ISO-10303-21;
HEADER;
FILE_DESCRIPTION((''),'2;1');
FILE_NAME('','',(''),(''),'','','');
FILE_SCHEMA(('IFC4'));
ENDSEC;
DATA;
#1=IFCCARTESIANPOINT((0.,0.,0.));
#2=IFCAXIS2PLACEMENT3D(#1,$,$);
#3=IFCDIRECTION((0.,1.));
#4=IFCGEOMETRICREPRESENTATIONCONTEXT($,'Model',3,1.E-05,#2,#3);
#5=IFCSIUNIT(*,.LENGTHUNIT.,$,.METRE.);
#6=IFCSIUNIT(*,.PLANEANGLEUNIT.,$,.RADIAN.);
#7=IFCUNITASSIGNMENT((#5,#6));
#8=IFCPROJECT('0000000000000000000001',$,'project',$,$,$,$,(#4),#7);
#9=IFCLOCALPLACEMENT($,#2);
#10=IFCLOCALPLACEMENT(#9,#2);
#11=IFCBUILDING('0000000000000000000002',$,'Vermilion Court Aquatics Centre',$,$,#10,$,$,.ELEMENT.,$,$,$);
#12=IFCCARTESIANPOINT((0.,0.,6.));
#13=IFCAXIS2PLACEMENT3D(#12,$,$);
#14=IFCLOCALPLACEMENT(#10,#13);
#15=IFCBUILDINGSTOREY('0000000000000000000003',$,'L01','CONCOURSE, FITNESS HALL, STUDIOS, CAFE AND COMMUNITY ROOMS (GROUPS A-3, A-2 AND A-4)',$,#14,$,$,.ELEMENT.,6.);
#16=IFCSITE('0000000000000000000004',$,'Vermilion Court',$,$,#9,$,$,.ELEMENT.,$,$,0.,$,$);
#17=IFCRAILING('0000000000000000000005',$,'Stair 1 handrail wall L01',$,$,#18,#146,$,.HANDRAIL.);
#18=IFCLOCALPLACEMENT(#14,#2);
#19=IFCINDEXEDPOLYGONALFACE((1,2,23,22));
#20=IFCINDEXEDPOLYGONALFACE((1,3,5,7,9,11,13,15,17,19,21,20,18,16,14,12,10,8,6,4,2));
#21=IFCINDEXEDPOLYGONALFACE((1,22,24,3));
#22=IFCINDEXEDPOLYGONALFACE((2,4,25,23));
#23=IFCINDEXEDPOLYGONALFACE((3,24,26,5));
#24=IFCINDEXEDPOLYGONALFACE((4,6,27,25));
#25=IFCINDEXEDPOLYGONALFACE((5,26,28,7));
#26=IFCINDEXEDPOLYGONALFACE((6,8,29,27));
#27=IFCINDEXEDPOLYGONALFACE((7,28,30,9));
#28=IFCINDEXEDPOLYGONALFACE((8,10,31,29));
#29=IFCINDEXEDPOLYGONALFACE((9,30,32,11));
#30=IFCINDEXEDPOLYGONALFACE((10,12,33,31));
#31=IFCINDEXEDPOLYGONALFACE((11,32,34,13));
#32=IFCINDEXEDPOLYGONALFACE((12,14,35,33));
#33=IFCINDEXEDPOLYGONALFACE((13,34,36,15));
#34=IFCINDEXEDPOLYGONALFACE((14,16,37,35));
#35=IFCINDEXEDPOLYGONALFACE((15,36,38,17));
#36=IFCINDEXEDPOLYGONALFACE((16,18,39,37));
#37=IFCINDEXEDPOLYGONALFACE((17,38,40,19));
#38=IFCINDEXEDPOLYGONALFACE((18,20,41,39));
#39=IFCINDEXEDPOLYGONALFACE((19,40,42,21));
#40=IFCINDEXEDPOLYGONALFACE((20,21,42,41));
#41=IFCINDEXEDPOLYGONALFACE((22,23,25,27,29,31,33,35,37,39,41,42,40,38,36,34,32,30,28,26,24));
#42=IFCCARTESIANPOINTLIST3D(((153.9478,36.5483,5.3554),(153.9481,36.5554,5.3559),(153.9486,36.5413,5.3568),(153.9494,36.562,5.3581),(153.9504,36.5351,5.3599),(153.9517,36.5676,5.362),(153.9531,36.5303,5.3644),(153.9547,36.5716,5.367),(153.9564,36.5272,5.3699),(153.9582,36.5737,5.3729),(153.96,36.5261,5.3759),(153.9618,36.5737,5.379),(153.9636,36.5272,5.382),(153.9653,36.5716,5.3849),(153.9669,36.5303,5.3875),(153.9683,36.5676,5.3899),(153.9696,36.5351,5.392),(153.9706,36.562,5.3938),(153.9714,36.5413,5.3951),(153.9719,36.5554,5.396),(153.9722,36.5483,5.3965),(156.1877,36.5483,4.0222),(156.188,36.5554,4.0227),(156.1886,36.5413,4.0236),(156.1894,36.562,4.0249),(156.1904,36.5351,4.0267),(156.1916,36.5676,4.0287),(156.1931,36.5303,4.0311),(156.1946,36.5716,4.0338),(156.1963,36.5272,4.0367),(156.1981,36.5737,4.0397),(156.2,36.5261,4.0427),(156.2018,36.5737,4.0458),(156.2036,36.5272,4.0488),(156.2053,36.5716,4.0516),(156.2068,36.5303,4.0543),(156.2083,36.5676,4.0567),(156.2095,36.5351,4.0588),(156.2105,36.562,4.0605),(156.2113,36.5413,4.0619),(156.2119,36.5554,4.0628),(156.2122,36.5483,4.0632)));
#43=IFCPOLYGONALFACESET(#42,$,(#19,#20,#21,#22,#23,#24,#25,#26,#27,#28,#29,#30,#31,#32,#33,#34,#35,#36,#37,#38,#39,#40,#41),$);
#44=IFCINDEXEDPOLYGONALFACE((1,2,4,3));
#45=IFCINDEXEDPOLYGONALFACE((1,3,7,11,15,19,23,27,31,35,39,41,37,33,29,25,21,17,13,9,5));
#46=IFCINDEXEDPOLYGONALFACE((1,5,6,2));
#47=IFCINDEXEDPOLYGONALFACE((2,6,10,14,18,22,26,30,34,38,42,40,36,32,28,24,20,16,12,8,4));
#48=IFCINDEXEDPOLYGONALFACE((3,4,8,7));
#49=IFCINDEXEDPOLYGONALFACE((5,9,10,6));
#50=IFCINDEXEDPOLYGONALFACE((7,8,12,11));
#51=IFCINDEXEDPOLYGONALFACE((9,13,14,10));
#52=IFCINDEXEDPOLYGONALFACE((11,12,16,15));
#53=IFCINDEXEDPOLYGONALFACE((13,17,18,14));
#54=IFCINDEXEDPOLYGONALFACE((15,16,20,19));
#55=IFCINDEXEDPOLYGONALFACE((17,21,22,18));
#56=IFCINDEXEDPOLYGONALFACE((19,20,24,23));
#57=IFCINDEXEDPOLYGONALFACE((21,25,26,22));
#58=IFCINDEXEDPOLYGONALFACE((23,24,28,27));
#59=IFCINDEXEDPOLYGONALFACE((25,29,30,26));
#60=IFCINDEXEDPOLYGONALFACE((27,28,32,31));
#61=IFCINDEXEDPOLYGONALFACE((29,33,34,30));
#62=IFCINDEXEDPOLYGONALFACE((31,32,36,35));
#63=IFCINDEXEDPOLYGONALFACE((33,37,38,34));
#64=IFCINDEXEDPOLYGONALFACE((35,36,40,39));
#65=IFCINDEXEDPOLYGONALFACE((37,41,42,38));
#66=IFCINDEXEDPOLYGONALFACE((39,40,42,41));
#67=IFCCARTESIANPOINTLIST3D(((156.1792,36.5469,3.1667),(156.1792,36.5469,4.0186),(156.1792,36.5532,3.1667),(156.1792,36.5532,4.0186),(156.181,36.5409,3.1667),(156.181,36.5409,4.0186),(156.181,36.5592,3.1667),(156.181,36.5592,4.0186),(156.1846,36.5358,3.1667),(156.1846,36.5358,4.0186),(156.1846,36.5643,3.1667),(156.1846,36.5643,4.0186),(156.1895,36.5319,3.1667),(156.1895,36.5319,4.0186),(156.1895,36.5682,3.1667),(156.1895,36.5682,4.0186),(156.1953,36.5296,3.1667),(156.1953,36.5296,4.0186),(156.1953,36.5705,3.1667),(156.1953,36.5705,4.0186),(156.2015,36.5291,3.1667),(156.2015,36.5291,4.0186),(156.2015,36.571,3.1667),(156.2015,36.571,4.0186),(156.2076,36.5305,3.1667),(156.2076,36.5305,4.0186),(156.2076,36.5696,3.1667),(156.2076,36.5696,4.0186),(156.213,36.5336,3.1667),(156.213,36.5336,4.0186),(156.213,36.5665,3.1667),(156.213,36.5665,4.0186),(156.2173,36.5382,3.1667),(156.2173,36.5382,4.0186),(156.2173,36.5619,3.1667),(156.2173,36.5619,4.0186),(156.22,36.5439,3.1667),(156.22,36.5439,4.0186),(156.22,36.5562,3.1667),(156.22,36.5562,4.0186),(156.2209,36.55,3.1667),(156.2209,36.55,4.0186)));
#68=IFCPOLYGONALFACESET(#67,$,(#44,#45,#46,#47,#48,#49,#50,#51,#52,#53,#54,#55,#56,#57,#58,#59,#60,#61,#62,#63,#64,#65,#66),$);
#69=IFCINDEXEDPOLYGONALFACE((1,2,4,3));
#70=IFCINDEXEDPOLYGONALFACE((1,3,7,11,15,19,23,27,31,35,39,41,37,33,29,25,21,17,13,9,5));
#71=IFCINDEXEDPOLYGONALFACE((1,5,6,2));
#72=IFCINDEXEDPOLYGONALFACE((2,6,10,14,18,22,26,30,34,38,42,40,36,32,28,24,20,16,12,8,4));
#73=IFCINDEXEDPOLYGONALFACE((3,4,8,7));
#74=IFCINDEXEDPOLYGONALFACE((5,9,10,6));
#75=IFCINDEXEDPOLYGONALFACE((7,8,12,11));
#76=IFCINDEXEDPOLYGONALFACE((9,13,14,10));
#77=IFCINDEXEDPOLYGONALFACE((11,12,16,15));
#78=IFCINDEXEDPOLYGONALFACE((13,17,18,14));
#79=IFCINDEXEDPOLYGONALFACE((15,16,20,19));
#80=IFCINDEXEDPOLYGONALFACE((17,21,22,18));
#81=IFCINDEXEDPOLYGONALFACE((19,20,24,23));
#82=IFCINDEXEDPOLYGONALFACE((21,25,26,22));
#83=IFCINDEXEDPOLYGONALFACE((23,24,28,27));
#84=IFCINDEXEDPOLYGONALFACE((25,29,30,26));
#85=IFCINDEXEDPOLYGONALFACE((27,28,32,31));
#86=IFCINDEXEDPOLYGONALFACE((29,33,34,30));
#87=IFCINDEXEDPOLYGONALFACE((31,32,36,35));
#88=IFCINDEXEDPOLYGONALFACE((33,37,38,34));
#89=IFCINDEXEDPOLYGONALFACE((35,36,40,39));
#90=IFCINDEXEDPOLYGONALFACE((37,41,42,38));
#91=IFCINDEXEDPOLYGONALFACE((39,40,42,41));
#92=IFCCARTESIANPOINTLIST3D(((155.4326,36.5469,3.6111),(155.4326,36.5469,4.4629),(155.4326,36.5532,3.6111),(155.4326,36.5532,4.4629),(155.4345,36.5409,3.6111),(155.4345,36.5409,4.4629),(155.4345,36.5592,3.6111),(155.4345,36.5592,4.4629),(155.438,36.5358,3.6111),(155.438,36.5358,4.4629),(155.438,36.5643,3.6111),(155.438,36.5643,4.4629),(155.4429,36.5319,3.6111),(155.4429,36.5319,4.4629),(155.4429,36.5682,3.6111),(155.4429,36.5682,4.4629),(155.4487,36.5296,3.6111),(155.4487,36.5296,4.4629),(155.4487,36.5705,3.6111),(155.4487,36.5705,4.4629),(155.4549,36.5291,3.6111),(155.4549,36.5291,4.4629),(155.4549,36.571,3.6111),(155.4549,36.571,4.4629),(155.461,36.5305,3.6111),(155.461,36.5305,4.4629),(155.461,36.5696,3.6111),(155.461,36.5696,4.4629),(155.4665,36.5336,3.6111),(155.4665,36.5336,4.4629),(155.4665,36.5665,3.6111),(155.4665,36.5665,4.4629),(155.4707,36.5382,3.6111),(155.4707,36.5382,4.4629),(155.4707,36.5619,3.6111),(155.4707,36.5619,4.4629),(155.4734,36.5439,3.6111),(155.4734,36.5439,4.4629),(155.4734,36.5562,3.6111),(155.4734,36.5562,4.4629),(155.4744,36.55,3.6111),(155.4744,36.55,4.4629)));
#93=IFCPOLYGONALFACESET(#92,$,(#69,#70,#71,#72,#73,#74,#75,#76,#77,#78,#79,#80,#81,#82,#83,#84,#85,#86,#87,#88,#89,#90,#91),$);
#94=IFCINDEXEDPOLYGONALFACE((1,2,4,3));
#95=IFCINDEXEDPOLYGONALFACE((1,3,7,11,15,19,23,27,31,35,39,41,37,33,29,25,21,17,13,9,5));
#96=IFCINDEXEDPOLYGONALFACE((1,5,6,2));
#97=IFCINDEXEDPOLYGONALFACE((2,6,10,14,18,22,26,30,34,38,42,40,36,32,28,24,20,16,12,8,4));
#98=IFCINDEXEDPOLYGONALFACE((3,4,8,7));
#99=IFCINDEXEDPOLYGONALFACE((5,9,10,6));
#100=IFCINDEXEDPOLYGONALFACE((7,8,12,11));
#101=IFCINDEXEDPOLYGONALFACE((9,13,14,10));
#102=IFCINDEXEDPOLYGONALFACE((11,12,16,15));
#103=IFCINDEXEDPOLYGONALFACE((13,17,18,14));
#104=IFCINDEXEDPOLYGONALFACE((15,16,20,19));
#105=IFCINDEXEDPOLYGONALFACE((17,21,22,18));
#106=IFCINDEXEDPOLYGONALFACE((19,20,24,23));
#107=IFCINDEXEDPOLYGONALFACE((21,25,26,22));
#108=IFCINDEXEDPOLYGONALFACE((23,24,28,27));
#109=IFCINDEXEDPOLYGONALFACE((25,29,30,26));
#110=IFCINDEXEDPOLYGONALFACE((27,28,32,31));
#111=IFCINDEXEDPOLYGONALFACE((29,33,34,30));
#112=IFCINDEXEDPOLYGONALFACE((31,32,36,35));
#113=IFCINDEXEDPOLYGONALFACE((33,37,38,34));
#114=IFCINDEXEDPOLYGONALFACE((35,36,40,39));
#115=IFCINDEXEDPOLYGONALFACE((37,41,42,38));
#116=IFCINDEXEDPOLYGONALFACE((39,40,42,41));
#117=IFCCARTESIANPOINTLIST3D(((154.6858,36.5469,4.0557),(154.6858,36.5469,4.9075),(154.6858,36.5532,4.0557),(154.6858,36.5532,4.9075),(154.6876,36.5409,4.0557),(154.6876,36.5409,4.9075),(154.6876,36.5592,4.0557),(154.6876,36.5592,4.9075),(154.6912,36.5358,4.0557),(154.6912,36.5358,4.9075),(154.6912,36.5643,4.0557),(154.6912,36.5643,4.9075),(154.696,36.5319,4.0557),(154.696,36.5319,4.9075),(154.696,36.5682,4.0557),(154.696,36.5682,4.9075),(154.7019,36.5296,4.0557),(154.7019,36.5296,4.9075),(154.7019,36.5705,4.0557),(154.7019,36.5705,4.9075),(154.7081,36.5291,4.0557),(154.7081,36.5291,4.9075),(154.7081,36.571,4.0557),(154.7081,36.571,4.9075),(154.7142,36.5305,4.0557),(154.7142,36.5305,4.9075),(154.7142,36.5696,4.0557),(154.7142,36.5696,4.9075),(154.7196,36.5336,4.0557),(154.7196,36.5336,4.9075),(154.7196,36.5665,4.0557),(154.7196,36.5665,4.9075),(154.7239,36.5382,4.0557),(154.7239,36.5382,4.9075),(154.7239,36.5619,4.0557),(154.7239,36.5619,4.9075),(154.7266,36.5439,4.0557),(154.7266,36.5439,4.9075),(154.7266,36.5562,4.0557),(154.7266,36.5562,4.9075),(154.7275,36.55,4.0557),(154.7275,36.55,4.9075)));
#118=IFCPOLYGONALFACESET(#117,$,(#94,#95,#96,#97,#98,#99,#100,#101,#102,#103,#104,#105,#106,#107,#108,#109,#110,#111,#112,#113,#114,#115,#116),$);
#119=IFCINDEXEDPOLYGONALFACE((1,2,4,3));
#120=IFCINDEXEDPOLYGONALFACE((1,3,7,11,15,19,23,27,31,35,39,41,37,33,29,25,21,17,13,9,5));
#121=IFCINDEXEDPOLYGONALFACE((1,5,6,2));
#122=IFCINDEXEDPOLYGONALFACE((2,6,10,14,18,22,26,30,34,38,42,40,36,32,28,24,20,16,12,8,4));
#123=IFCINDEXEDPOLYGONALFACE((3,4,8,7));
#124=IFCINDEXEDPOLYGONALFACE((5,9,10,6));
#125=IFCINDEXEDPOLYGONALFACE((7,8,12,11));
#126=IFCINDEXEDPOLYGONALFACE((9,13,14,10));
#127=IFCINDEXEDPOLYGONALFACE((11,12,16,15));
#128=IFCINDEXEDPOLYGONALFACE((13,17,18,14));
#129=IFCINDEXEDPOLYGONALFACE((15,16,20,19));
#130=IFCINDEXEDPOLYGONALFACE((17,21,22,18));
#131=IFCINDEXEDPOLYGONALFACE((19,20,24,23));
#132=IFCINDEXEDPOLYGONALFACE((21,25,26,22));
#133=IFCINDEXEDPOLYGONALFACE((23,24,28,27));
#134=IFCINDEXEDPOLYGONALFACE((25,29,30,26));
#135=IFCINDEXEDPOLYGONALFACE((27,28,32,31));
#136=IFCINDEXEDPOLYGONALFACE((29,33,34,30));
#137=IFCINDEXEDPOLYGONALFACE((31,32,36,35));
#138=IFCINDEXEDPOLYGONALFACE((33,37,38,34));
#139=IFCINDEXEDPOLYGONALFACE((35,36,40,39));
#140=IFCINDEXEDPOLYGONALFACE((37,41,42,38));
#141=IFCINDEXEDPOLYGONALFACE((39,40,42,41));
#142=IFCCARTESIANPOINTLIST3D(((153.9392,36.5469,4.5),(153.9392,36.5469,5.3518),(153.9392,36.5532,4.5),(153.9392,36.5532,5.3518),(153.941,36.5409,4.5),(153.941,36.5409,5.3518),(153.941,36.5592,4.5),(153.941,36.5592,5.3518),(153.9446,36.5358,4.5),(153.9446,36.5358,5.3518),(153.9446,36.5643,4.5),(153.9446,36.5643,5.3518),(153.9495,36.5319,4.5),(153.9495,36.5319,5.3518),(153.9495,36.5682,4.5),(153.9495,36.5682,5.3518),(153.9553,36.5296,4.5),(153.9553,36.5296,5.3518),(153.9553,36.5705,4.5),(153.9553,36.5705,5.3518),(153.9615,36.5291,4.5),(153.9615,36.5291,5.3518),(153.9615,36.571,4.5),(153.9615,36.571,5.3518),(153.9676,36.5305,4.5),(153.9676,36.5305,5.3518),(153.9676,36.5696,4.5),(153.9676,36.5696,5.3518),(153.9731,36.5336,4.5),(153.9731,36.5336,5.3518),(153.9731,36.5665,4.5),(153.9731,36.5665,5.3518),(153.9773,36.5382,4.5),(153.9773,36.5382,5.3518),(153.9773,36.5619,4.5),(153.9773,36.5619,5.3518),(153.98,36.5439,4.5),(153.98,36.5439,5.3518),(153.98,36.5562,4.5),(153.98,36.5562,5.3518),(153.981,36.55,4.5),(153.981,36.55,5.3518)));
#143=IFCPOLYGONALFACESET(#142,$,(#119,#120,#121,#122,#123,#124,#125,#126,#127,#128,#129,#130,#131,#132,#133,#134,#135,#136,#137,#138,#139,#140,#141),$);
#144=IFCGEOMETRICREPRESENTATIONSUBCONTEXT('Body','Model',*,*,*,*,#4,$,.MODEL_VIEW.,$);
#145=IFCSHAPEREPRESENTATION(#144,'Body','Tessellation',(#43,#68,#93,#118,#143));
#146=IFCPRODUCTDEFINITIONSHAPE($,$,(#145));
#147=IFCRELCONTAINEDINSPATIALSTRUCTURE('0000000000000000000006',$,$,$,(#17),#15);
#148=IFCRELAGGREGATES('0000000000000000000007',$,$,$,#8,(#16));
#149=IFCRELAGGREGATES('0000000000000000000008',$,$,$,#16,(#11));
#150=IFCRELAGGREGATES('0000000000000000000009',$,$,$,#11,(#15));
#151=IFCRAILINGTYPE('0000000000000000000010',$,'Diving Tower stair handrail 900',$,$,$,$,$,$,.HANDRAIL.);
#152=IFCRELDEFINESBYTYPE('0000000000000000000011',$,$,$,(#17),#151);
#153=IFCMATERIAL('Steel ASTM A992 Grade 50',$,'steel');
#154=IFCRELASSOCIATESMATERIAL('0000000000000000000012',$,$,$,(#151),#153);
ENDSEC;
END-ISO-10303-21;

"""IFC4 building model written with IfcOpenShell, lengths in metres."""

from ifc_helpers import new_model, si_unit, direction, frame, origin, origin_2d, place, context, subcontext, project, spatial, circle, extrude, material, type_object, element, save


model = new_model("IFC4")

# Units and contexts
model_context = context("Model", 3, precision=1e-05, world=origin(), true_north=direction((0.0, 1.0)))
body_context = subcontext(model_context, "Body", "Model", "MODEL_VIEW")
ifc_project = project(units=[si_unit("LENGTHUNIT", "METRE"), si_unit("PLANEANGLEUNIT", "RADIAN")], contexts=[model_context])

# Site, building, storey
site_placement = place(None, origin())
site = spatial("IfcSite", under=ifc_project, at=site_placement, Name="Vermilion Court", CompositionType="ELEMENT", RefElevation=0.0)
building_placement = place(site_placement, origin())
building = spatial("IfcBuilding", under=site, at=building_placement, Name="Vermilion Court Aquatics Centre", CompositionType="ELEMENT")
storey_placement = place(building_placement, frame((0.0, 0.0, 6.0)))
storey = spatial("IfcBuildingStorey", under=building, at=storey_placement, Name="L01", Description="CONCOURSE, FITNESS HALL, STUDIOS, CAFE AND COMMUNITY ROOMS (GROUPS A-3, A-2 AND A-4)", CompositionType="ELEMENT", Elevation=6.0)

# Railing
ifc_material_1 = material(Name="Steel ASTM A992 Grade 50", Category="steel")
railing_type_1 = type_object("IfcRailingType", Name="Diving Tower stair handrail 900", PredefinedType="HANDRAIL", material=ifc_material_1)
for number, where, name in (
    (1, (156.2, 36.55, 3.1667), "Stair 1 handrail wall L01"),
):
    element("IfcRailing", number, at=place(storey_placement, frame(where)), inside=storey, type_object=railing_type_1, Name=name, PredefinedType="HANDRAIL", context=body_context, shape_type="SweptSolid", body=[
        extrude(circle(Radius=0.0239, at=origin_2d()), frame((0.0, 0.0, 0.876), z_axis=(-0.859306, 0.0, 0.511462), x_axis=(0.0, -1.0, 0.0)), (0.0, 0.0, 1.0), 2.6067),
        extrude(circle(Radius=0.021, at=origin_2d()), origin(), (0.0, 0.0, 1.0), 0.8518),
        extrude(circle(Radius=0.021, at=origin_2d()), frame((-0.7466, 0.0, 0.4443)), (0.0, 0.0, 1.0), 0.8518),
        extrude(circle(Radius=0.021, at=origin_2d()), frame((-1.4934, 0.0, 0.8889)), (0.0, 0.0, 1.0), 0.8518),
        extrude(circle(Radius=0.021, at=origin_2d()), frame((-2.24, 0.0, 1.3333)), (0.0, 0.0, 1.0), 0.8518),
    ])

save(model, "model.ifc")
